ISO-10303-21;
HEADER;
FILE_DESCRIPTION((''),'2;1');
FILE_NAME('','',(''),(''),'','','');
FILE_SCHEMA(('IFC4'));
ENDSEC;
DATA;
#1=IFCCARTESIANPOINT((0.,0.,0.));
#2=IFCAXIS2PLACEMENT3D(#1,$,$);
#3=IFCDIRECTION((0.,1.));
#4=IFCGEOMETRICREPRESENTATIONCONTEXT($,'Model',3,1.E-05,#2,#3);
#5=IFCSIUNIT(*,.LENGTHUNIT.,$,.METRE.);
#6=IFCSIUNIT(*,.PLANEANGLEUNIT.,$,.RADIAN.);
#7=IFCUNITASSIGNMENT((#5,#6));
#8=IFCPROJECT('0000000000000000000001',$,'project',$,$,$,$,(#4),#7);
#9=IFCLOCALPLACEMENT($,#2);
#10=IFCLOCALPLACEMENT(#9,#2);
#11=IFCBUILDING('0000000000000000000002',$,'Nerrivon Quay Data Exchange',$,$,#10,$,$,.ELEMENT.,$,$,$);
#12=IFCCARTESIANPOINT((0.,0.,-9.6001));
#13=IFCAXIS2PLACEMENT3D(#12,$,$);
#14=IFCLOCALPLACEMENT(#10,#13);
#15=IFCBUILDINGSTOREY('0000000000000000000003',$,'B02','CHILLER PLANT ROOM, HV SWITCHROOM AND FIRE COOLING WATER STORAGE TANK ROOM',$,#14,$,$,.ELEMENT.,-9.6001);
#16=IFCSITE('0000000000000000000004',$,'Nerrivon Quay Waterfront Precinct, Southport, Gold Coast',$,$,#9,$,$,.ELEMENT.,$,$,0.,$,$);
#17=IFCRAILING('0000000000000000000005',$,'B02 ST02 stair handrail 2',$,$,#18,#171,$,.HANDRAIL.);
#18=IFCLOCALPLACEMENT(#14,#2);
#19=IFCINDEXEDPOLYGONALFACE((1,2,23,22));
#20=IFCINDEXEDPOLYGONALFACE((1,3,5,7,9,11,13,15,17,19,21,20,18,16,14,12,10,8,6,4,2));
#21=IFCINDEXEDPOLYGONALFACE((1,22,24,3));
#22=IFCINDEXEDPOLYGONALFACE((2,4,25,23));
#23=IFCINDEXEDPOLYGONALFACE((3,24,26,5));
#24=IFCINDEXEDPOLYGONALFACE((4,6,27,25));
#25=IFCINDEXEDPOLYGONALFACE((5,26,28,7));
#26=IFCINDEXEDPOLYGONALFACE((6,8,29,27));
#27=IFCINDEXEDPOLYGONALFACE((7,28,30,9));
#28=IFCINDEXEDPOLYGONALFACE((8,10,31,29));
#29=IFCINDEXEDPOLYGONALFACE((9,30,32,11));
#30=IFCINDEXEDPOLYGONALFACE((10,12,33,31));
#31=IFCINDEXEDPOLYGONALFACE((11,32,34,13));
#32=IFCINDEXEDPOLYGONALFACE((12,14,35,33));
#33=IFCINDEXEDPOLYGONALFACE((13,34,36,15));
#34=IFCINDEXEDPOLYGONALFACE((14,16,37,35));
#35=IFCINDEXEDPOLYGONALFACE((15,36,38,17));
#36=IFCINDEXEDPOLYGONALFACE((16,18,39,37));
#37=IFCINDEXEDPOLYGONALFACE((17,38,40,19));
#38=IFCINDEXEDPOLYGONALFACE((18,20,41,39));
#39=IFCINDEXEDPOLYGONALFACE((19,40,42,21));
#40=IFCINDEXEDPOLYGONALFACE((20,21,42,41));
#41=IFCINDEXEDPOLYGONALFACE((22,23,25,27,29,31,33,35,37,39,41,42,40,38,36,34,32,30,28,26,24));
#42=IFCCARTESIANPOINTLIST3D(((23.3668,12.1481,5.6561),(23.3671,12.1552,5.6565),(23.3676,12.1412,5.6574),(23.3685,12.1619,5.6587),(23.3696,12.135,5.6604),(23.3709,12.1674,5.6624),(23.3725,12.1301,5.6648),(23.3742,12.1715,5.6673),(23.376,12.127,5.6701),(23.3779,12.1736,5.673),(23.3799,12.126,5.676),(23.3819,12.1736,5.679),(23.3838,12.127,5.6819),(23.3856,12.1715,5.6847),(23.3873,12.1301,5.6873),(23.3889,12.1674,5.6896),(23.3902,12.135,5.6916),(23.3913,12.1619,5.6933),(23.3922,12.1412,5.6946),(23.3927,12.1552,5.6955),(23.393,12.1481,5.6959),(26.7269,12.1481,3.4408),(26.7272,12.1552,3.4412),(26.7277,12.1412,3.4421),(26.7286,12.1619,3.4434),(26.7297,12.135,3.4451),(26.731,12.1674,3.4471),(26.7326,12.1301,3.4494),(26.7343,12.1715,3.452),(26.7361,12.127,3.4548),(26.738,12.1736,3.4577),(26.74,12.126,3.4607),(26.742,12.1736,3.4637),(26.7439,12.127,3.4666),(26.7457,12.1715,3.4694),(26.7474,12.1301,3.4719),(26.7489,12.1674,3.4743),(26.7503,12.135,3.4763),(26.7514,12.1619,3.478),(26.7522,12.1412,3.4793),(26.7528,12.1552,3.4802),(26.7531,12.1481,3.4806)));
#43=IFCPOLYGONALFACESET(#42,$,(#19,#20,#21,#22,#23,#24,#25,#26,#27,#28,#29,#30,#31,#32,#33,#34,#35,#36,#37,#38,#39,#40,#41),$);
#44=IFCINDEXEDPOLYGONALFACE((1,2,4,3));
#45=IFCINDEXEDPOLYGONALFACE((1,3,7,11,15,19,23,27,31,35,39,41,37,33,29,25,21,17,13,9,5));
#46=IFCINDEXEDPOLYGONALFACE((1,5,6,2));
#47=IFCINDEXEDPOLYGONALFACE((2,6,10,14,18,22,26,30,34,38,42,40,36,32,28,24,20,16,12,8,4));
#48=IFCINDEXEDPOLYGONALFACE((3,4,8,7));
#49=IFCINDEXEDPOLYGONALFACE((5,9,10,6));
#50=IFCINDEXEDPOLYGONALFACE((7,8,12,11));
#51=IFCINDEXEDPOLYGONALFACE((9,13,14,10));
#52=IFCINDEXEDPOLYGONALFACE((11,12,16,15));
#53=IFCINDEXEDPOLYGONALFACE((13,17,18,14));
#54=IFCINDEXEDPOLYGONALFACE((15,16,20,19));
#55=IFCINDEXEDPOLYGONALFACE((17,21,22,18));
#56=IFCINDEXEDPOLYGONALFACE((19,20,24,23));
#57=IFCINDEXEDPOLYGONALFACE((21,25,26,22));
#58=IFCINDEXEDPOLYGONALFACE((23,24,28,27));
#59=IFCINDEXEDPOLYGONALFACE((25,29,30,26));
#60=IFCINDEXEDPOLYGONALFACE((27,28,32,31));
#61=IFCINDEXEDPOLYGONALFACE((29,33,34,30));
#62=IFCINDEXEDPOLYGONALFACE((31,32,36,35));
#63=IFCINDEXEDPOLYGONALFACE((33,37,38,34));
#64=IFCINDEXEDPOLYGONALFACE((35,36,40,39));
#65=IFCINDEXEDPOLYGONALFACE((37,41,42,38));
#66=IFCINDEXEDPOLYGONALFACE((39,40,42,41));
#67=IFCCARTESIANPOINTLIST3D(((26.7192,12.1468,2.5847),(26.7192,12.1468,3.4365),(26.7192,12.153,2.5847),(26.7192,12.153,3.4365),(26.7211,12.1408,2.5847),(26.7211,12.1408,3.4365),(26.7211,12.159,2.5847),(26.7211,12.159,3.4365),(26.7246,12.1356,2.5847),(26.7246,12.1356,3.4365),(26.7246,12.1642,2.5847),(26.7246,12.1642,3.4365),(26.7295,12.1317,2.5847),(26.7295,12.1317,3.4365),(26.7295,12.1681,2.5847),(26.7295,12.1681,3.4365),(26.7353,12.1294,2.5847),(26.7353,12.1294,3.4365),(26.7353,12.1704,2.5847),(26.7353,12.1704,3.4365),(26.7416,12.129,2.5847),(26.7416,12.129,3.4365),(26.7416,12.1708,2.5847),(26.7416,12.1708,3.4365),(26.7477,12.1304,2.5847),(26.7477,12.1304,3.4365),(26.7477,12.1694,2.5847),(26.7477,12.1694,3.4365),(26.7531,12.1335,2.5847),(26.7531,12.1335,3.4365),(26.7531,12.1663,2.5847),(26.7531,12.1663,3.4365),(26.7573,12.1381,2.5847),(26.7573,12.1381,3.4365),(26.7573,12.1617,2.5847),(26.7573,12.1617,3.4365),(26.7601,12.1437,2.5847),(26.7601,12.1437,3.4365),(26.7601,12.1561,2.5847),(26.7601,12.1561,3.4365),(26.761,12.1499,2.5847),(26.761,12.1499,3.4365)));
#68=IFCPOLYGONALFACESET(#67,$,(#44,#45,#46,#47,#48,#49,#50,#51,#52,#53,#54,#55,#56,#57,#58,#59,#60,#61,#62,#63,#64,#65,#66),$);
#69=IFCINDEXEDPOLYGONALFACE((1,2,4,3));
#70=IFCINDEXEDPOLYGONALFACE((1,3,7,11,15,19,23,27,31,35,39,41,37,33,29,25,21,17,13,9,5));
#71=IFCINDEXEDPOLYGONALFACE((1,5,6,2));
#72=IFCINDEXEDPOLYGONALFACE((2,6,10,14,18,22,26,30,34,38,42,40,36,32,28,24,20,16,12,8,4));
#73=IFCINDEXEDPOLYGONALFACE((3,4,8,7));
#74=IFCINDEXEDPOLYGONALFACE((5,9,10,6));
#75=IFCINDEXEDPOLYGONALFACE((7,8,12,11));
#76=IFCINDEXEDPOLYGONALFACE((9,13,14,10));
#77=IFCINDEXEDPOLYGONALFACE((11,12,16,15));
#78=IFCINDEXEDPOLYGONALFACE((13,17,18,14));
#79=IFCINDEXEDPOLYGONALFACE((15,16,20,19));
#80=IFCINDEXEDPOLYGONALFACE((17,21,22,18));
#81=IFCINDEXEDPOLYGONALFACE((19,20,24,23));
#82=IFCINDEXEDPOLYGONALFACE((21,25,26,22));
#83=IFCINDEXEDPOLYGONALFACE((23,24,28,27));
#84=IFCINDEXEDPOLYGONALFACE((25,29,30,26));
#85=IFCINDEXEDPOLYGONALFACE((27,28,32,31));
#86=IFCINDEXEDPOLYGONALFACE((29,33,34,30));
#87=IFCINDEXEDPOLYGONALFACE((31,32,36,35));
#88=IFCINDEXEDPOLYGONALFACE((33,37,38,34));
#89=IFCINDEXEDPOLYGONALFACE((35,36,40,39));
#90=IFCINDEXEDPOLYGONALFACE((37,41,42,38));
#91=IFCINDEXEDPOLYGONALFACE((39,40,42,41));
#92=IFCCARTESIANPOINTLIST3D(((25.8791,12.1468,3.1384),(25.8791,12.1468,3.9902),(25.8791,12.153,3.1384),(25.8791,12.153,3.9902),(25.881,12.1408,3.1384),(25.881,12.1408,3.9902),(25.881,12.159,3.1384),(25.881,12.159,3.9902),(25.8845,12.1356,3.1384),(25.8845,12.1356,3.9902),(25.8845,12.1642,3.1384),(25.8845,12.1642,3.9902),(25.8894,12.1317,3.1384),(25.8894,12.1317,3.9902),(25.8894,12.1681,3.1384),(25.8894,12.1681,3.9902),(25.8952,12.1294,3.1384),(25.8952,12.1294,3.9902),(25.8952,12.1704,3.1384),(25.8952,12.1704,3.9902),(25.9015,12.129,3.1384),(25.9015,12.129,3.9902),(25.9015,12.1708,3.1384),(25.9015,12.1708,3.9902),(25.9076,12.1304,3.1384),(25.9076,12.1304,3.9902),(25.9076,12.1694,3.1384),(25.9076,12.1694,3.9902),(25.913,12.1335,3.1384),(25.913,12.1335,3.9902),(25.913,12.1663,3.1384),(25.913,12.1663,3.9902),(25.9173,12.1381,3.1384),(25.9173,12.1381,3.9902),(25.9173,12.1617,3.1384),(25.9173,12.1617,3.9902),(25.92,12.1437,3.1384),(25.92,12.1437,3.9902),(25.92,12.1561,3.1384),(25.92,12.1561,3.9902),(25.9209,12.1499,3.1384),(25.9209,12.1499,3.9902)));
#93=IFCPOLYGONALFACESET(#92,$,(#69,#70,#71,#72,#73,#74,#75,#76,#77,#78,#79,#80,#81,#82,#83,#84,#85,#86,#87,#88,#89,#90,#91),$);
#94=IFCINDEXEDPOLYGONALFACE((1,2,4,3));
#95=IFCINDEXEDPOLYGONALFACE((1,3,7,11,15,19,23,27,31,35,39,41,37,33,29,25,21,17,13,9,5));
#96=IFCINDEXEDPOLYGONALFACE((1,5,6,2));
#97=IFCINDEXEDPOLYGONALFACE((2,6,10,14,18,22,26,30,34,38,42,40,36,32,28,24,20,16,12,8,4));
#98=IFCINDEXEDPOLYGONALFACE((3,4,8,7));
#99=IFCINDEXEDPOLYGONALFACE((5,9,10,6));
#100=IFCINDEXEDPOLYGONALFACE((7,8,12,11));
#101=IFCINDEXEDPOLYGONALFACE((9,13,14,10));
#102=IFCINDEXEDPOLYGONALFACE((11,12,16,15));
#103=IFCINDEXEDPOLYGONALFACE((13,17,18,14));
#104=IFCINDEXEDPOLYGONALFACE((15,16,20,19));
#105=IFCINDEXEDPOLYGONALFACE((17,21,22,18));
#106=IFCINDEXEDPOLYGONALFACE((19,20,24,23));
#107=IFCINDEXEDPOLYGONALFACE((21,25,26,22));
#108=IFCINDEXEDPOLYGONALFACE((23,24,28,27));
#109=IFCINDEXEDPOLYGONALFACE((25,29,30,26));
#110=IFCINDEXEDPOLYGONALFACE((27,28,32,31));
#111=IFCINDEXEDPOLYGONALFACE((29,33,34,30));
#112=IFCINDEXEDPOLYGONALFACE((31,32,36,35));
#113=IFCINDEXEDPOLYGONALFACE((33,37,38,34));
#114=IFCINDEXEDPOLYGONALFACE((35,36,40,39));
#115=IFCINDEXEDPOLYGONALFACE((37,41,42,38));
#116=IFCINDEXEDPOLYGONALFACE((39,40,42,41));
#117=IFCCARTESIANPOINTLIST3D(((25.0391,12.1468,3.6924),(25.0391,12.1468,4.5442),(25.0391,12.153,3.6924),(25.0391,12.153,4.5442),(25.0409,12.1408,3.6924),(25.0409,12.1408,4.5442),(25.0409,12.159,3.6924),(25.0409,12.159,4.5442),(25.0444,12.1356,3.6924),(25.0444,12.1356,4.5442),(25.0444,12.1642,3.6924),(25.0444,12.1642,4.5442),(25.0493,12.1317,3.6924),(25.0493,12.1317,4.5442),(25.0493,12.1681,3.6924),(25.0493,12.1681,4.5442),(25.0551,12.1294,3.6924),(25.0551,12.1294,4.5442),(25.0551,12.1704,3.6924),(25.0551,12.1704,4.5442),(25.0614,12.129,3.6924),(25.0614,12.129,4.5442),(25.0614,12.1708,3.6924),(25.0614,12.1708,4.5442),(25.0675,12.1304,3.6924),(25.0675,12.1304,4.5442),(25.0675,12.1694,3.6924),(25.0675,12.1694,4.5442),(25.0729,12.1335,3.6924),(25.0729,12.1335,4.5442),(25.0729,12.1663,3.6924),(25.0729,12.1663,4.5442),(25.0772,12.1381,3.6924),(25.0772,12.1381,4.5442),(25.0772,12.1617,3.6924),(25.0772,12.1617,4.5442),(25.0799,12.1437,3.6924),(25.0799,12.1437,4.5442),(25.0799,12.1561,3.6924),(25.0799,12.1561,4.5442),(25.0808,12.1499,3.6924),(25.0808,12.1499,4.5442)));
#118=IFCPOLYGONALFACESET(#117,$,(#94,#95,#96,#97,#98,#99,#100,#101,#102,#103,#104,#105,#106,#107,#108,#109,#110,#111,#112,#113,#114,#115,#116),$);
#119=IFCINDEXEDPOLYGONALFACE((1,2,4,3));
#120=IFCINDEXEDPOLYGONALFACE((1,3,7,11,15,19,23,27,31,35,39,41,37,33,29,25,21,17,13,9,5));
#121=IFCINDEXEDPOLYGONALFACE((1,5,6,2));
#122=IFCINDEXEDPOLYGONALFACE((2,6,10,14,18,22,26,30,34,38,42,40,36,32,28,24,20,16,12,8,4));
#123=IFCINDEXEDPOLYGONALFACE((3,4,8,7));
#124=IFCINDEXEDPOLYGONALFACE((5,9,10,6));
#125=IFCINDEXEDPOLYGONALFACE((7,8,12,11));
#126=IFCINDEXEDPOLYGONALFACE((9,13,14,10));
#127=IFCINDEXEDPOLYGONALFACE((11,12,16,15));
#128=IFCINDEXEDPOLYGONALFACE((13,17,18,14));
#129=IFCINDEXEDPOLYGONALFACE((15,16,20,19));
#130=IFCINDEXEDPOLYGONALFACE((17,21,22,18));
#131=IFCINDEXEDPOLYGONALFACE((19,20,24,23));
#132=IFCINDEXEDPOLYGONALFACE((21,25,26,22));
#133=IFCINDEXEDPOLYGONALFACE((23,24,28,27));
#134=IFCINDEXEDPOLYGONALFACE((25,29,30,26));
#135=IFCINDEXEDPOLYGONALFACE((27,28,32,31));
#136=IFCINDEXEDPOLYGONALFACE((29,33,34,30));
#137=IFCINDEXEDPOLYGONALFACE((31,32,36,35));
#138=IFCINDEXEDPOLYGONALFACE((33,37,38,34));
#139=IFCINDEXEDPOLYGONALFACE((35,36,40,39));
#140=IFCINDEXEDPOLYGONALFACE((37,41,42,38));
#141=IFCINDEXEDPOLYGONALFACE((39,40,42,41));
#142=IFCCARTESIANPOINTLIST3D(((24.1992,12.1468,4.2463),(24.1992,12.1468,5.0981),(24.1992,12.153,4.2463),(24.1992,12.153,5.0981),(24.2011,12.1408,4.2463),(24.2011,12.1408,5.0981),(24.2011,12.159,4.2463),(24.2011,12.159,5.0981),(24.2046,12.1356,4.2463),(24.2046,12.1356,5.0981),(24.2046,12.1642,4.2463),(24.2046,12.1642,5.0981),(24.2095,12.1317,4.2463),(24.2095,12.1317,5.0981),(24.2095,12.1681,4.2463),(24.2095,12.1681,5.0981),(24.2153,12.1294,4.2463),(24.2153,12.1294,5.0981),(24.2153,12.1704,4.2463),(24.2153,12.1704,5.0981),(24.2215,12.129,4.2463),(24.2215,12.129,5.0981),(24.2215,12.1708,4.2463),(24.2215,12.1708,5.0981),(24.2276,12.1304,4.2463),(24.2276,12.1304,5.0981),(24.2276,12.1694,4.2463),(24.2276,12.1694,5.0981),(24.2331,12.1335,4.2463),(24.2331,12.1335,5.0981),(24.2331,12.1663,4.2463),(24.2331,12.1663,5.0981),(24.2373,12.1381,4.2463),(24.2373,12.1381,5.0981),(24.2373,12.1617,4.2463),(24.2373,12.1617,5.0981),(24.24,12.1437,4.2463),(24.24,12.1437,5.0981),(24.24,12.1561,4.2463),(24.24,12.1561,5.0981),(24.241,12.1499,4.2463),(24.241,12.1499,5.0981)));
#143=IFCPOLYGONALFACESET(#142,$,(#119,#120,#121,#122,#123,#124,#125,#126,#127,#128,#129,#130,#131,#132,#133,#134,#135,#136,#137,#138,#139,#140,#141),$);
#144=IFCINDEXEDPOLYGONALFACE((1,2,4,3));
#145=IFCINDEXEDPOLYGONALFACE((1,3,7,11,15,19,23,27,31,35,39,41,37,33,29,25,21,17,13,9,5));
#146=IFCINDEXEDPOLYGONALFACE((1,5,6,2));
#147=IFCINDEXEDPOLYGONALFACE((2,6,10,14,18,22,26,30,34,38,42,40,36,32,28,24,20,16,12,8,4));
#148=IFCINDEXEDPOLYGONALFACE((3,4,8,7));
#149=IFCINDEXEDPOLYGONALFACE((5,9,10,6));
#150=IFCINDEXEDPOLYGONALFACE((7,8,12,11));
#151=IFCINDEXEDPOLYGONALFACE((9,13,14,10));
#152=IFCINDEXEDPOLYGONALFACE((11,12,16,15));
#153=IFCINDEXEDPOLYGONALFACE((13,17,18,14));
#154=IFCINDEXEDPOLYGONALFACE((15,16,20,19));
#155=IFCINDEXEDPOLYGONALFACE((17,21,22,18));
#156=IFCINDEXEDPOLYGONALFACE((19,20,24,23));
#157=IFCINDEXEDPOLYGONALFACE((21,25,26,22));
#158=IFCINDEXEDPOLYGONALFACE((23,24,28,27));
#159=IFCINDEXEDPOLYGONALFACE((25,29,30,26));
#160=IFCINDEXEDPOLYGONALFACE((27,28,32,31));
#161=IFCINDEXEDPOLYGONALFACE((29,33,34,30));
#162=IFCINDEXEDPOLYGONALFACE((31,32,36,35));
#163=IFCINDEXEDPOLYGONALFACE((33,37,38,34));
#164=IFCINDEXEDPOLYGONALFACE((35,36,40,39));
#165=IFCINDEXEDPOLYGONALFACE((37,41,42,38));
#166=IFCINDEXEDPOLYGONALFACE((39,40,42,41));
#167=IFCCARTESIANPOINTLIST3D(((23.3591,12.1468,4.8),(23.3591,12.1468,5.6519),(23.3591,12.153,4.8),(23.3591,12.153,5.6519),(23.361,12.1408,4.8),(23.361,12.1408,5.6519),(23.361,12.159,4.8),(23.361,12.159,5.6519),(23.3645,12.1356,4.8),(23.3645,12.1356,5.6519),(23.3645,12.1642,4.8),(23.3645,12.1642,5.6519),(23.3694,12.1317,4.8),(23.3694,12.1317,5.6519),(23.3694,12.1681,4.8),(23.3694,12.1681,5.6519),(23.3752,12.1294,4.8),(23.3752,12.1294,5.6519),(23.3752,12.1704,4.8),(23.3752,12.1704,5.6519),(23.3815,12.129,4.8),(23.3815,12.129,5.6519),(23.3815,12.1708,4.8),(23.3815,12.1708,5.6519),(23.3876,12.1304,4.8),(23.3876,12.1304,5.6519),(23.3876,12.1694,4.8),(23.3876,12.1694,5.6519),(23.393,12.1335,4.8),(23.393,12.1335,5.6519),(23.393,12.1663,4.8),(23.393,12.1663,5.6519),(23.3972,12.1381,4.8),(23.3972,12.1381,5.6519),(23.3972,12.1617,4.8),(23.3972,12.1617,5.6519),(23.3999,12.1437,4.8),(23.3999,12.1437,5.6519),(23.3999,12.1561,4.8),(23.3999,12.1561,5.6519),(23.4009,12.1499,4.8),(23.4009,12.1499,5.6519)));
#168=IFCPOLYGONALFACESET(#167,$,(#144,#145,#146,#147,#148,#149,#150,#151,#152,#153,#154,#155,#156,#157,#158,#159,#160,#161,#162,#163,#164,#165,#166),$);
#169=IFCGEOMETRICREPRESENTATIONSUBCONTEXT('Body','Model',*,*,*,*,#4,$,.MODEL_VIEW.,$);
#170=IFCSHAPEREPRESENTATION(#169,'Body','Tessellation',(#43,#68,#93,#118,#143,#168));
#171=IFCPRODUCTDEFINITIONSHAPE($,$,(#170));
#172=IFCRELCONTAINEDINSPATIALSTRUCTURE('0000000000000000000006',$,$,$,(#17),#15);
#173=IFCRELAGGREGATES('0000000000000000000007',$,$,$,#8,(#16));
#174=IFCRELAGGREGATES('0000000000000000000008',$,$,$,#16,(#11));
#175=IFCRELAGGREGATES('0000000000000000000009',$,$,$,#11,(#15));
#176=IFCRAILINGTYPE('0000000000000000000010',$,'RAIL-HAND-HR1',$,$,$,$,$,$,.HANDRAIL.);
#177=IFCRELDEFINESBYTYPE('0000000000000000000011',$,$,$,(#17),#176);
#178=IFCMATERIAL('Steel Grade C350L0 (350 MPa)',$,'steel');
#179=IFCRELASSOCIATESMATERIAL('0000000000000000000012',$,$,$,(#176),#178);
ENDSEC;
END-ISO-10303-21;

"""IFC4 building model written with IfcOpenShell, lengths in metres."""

from ifc_helpers import new_model, si_unit, direction, frame, origin, origin_2d, place, context, subcontext, project, spatial, circle, extrude, material, type_object, element, save


model = new_model("IFC4")

# Units and contexts
model_context = context("Model", 3, precision=1e-05, world=origin(), true_north=direction((0.0, 1.0)))
body_context = subcontext(model_context, "Body", "Model", "MODEL_VIEW")
ifc_project = project(units=[si_unit("LENGTHUNIT", "METRE"), si_unit("PLANEANGLEUNIT", "RADIAN")], contexts=[model_context])

# Site, building, storey
site_placement = place(None, origin())
site = spatial("IfcSite", under=ifc_project, at=site_placement, Name="Nerrivon Quay Waterfront Precinct, Southport, Gold Coast", CompositionType="ELEMENT", RefElevation=0.0)
building_placement = place(site_placement, origin())
building = spatial("IfcBuilding", under=site, at=building_placement, Name="Nerrivon Quay Data Exchange", CompositionType="ELEMENT")
storey_placement = place(building_placement, frame((0.0, 0.0, -9.6001)))
storey = spatial("IfcBuildingStorey", under=building, at=storey_placement, Name="B02", Description="CHILLER PLANT ROOM, HV SWITCHROOM AND FIRE COOLING WATER STORAGE TANK ROOM", CompositionType="ELEMENT", Elevation=-9.6001)

# Railing
ifc_material_1 = material(Name="Steel Grade C350L0 (350 MPa)", Category="steel")
railing_type_1 = type_object("IfcRailingType", Name="RAIL-HAND-HR1", PredefinedType="HANDRAIL", material=ifc_material_1)
railing_1_placement = place(storey_placement, frame((26.74, 12.1499, 2.5847)))
element("IfcRailing", 1, at=railing_1_placement, inside=storey, type_object=railing_type_1, Name="B02 ST02 stair handrail 2", PredefinedType="HANDRAIL", context=body_context, shape_type="SweptSolid", body=[
    extrude(circle(Radius=0.0239, at=origin_2d()), frame((0.0, 0.0, 0.876), z_axis=(-0.834876, 0.0, 0.550437), x_axis=(0.0, -1.0, 0.0)), (0.0, 0.0, 1.0), 4.0247),
    extrude(circle(Radius=0.021, at=origin_2d()), origin(), (0.0, 0.0, 1.0), 0.8518),
    extrude(circle(Radius=0.021, at=origin_2d()), frame((-0.8401, 0.0, 0.5537)), (0.0, 0.0, 1.0), 0.8518),
    extrude(circle(Radius=0.021, at=origin_2d()), frame((-1.6802, 0.0, 1.1077)), (0.0, 0.0, 1.0), 0.8518),
    extrude(circle(Radius=0.021, at=origin_2d()), frame((-2.52, 0.0, 1.6616)), (0.0, 0.0, 1.0), 0.8518),
    extrude(circle(Radius=0.021, at=origin_2d()), frame((-3.3601, 0.0, 2.2153)), (0.0, 0.0, 1.0), 0.8518),
])

save(model, "model.ifc")
